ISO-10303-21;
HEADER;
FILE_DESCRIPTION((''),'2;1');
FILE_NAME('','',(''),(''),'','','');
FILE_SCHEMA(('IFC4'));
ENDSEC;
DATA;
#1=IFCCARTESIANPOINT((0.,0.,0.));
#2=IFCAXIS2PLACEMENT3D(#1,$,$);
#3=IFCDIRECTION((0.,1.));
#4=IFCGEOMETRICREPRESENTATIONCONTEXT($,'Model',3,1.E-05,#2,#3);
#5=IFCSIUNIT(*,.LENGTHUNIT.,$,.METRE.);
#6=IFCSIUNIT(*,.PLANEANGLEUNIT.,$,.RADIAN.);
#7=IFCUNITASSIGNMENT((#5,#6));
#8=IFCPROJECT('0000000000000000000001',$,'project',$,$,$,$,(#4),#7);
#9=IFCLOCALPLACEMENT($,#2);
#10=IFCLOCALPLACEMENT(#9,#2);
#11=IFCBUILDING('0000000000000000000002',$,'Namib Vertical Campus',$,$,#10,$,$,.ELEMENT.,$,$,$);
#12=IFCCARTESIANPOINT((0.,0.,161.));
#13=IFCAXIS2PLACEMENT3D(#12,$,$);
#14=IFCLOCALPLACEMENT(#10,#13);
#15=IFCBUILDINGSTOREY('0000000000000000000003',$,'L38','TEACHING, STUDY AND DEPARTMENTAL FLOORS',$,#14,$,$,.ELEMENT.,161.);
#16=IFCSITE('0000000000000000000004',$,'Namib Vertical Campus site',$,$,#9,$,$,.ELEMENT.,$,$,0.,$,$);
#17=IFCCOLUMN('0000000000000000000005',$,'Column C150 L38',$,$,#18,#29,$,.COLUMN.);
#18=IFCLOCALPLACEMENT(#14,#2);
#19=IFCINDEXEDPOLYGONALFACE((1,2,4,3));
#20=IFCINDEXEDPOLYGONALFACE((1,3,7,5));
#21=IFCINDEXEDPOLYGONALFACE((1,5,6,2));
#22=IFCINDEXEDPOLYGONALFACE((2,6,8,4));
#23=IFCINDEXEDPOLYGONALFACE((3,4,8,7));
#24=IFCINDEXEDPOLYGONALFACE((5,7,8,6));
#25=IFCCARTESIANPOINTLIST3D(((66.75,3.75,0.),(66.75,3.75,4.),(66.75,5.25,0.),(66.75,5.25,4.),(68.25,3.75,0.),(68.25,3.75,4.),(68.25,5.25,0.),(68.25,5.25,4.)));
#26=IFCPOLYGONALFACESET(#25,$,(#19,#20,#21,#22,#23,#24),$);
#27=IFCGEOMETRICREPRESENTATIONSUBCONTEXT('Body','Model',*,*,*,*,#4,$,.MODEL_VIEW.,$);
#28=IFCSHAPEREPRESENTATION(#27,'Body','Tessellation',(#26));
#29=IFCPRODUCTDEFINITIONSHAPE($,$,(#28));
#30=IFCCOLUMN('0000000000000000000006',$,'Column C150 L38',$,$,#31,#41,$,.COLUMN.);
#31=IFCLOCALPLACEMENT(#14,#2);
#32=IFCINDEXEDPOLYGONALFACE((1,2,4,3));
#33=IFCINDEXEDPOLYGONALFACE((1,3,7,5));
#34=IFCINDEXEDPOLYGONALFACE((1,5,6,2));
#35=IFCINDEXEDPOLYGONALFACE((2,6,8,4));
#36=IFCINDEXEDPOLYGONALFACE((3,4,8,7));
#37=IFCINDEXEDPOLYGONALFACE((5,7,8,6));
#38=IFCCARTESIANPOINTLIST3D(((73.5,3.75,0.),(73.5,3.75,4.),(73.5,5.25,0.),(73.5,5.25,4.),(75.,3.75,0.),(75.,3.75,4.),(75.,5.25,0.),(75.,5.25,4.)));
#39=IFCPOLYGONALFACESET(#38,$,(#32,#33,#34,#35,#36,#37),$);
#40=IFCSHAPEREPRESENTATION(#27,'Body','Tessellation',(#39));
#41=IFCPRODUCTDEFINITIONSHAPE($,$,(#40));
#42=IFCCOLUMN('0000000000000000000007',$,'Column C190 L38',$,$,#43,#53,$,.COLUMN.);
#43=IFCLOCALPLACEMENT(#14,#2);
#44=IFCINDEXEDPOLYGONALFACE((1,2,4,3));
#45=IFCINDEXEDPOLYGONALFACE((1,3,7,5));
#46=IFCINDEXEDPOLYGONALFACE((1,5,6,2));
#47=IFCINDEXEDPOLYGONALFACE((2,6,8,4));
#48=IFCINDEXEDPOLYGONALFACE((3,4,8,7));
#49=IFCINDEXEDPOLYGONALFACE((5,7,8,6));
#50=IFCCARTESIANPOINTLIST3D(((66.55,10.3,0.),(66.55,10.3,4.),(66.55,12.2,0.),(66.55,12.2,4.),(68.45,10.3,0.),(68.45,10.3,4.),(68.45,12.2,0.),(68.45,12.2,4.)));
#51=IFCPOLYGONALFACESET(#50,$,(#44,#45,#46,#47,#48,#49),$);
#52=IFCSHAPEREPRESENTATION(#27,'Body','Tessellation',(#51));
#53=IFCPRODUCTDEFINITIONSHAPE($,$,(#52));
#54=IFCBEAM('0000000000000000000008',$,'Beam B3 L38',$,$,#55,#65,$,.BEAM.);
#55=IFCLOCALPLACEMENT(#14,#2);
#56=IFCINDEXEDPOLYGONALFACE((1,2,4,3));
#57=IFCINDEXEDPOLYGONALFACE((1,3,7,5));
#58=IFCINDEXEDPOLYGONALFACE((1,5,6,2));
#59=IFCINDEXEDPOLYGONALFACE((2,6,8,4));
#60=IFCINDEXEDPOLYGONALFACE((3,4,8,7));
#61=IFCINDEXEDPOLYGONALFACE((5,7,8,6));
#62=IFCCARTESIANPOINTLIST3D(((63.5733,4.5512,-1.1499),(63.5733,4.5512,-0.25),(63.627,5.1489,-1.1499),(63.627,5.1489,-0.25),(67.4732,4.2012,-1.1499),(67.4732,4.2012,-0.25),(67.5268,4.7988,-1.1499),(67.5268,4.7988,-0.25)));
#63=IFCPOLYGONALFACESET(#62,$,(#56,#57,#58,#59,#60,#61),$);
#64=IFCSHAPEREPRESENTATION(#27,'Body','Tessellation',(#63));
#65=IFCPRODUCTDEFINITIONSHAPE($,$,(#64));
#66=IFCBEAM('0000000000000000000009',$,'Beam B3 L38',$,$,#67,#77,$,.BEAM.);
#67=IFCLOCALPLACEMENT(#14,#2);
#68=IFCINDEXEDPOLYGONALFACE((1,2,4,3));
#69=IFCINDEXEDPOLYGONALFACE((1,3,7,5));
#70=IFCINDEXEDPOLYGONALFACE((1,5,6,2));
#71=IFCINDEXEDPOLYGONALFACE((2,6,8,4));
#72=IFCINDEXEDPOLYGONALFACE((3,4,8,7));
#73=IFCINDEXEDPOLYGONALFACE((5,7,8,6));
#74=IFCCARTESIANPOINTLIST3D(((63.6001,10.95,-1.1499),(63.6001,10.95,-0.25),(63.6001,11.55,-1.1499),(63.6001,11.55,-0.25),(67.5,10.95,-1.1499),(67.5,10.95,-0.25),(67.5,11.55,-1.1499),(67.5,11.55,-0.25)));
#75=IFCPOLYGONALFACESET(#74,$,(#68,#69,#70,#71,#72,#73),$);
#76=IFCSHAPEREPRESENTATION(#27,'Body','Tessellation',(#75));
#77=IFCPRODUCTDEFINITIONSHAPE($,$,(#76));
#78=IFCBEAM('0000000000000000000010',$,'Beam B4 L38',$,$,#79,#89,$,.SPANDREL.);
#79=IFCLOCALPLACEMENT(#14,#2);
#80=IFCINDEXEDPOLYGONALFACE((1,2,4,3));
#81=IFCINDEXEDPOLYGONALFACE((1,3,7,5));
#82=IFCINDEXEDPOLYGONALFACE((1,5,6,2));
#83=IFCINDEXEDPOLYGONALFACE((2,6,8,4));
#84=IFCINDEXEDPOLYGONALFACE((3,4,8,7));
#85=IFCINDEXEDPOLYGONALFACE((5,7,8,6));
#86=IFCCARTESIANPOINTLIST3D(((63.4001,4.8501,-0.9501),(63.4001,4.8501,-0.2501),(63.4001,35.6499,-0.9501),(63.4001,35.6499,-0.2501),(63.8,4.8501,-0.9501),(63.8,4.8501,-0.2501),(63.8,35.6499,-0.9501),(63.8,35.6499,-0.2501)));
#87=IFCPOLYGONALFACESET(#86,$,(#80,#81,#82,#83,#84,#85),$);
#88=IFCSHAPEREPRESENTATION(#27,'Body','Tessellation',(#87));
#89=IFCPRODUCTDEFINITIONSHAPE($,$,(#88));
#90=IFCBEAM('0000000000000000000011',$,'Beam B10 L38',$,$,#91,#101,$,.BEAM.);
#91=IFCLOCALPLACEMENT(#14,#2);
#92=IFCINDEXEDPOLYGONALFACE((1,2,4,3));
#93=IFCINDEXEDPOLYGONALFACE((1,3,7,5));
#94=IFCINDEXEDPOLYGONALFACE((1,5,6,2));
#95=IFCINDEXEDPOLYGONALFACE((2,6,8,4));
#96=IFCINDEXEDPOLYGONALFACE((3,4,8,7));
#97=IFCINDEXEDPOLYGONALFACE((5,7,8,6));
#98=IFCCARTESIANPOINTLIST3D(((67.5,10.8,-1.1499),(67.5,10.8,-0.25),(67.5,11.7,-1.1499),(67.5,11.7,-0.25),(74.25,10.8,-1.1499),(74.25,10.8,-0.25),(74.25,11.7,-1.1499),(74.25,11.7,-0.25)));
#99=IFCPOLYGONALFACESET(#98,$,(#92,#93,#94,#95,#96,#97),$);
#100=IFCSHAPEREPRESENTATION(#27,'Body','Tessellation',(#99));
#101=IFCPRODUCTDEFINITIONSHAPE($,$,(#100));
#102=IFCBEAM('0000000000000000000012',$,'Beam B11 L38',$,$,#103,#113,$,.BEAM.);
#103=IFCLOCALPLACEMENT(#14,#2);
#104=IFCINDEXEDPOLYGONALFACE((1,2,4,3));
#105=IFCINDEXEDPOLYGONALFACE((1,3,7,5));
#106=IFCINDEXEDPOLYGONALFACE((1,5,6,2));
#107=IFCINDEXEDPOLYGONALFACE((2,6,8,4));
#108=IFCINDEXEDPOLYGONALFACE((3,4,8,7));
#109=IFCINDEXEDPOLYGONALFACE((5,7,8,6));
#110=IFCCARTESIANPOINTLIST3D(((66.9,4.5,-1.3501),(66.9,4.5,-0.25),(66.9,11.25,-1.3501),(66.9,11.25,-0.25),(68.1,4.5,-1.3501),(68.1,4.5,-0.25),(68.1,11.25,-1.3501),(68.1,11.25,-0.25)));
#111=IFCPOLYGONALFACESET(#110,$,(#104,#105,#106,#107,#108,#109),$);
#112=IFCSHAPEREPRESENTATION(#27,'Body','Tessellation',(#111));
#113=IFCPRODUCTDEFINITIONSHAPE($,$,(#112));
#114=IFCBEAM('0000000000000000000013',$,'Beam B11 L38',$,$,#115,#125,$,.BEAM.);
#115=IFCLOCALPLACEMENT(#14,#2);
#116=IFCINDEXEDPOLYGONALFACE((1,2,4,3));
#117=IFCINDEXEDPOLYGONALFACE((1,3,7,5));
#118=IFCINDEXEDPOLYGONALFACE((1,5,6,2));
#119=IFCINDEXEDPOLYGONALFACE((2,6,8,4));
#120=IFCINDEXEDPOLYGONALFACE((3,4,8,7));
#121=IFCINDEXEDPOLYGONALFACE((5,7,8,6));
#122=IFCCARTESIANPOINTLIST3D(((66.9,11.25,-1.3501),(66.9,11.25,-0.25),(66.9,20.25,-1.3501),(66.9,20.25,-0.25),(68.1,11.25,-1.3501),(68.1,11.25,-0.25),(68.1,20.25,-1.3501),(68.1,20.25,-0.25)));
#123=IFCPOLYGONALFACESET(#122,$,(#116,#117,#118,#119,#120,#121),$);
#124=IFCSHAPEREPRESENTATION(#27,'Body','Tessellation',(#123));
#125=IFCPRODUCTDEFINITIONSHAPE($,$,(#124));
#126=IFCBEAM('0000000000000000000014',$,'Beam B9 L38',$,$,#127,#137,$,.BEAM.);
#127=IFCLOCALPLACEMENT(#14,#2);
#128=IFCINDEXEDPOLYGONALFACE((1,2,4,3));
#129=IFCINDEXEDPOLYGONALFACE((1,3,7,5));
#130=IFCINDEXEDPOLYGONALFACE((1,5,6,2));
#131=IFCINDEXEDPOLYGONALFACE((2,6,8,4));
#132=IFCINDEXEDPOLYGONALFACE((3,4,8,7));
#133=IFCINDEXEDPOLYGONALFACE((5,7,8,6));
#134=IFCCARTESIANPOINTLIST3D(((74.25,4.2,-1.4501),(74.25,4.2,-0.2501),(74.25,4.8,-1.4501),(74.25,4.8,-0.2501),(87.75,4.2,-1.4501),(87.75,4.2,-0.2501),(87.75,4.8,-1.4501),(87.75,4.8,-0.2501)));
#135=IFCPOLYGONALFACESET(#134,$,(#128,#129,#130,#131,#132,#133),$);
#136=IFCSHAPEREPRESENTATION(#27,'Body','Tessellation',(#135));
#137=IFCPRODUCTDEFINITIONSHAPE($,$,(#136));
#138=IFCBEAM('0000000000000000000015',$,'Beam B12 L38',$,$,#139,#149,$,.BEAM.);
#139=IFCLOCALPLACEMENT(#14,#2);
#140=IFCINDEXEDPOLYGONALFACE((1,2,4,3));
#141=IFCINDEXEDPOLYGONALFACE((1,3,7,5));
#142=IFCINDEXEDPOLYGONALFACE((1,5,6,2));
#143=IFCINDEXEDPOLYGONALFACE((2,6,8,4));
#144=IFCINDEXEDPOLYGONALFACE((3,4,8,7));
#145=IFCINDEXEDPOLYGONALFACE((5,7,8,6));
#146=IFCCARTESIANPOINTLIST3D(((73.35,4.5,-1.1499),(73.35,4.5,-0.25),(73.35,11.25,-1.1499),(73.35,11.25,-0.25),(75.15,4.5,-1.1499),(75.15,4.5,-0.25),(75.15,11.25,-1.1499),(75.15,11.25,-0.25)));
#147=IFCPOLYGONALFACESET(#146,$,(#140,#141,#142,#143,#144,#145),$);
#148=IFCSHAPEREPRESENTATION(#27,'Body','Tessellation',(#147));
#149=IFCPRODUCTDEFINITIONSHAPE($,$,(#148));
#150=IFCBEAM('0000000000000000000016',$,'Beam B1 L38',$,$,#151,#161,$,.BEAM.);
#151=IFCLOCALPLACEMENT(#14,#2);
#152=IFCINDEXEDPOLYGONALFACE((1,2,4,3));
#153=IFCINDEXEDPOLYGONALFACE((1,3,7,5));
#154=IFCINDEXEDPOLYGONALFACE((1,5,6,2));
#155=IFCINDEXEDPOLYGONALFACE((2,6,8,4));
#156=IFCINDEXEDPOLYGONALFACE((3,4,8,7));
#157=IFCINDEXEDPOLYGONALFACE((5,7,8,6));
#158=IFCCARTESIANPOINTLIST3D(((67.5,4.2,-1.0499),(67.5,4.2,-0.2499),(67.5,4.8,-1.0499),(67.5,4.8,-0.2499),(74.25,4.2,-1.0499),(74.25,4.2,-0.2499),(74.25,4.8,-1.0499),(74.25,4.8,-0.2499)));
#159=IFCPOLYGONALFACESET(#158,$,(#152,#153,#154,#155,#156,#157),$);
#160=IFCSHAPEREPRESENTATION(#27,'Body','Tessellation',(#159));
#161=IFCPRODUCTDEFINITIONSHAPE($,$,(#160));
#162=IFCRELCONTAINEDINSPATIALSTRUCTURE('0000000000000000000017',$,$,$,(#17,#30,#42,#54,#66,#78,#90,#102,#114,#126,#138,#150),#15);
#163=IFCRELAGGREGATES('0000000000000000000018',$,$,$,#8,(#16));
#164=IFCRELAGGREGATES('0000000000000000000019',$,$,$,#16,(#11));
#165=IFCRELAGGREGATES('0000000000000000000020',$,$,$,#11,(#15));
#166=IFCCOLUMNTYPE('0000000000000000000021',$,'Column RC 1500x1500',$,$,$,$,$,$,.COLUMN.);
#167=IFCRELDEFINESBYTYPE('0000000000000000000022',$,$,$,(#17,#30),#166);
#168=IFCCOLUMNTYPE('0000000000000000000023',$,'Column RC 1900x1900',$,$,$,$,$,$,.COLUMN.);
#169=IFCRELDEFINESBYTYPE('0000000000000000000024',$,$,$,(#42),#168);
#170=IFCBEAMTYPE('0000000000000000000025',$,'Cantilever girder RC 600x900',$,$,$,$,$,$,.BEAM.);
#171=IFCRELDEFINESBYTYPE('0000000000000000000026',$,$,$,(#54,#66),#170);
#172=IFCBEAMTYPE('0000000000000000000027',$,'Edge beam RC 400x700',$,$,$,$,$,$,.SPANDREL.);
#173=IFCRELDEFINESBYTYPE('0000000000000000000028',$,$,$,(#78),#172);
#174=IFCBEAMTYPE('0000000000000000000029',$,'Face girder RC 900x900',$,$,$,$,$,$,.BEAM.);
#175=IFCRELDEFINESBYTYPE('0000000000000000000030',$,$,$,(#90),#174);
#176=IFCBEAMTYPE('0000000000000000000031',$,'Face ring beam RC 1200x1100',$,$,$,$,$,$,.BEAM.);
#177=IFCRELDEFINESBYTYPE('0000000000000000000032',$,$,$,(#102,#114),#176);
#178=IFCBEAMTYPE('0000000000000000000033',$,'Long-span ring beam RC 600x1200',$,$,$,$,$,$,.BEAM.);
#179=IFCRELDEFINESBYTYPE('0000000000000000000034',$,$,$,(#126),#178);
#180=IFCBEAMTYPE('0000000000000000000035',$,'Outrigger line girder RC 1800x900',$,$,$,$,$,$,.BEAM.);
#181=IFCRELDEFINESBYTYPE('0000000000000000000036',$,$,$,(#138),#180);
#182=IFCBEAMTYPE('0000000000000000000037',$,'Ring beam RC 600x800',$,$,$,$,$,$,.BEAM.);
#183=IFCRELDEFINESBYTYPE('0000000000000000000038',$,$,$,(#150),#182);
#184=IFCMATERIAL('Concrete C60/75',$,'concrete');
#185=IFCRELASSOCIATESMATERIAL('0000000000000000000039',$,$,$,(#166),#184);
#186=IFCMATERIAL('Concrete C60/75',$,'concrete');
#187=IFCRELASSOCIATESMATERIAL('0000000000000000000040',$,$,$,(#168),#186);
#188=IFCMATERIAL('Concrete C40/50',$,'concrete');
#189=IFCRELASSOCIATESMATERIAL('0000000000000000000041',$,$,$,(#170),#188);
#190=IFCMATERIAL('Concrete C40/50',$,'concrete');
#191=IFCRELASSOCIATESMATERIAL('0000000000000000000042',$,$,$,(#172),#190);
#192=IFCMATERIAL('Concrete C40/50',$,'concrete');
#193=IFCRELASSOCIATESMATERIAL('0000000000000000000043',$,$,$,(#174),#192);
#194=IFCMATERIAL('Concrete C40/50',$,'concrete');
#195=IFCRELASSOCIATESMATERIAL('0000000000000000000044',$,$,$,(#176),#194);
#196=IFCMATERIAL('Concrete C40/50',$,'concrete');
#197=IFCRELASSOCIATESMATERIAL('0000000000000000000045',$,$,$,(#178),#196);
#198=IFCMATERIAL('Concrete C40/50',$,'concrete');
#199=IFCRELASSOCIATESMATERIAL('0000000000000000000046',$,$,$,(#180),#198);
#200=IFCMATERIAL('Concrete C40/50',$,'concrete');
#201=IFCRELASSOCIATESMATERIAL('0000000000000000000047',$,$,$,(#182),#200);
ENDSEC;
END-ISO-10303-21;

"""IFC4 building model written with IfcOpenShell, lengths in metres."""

from ifc_helpers import new_model, si_unit, direction, frame, origin, origin_2d, place, context, subcontext, project, spatial, rectangle, extrude, material, material_profile, profile_set, type_object, element, save


model = new_model("IFC4")

# Units and contexts
model_context = context("Model", 3, precision=1e-05, world=origin(), true_north=direction((0.0, 1.0)))
body_context = subcontext(model_context, "Body", "Model", "MODEL_VIEW")
ifc_project = project(units=[si_unit("LENGTHUNIT", "METRE"), si_unit("PLANEANGLEUNIT", "RADIAN")], contexts=[model_context])

# Site, building, storey
site_placement = place(None, origin())
site = spatial("IfcSite", under=ifc_project, at=site_placement, Name="Namib Vertical Campus site", CompositionType="ELEMENT", RefElevation=0.0)
building_placement = place(site_placement, origin())
building = spatial("IfcBuilding", under=site, at=building_placement, Name="Namib Vertical Campus", CompositionType="ELEMENT")
storey_placement = place(building_placement, frame((0.0, 0.0, 161.0)))
storey = spatial("IfcBuildingStorey", under=building, at=storey_placement, Name="L38", Description="TEACHING, STUDY AND DEPARTMENTAL FLOORS", CompositionType="ELEMENT", Elevation=161.0)

# Columns
ifc_material_1 = material(Name="Concrete C60/75", Category="concrete")
ifc_material_profile_1 = material_profile(ifc_material_1, rectangle(XDim=1.5, YDim=1.5, at=origin_2d()))
ifc_profile_set_1 = profile_set([ifc_material_profile_1], Name="Concrete C60/75")
column_type_1 = type_object("IfcColumnType", Name="Column RC 1500x1500", PredefinedType="COLUMN", material=ifc_profile_set_1)
for number, where, z_axis, x_axis, name in (
    (1, (67.5, 4.5, 0.0), (0.0, 0.0, 1.0), (1.0, 0.0, 0.0), "Column C150 L38"),
    (2, (74.25, 4.5, 0.0), (0.0, 0.0, 1.0), (1.0, 0.0, 0.0), "Column C150 L38"),
):
    element("IfcColumn", number, at=place(storey_placement, frame(where, z_axis=z_axis, x_axis=x_axis)), inside=storey, type_object=column_type_1, Name=name, PredefinedType="COLUMN", context=body_context, shape_type="SweptSolid", body=[
        extrude(rectangle(XDim=1.5, YDim=1.5, at=origin_2d()), origin(), (0.0, 0.0, 1.0), 4.0),
    ])
ifc_material_2 = material(Name="Concrete C60/75", Category="concrete")
ifc_material_profile_2 = material_profile(ifc_material_2, rectangle(XDim=1.8999, YDim=1.8999, at=origin_2d()))
ifc_profile_set_2 = profile_set([ifc_material_profile_2], Name="Concrete C60/75")
column_type_2 = type_object("IfcColumnType", Name="Column RC 1900x1900", PredefinedType="COLUMN", material=ifc_profile_set_2)
column_placement = place(storey_placement, frame((67.5, 11.25, 0.0), z_axis=(0.0, 0.0, 1.0), x_axis=(1.0, 0.0, 0.0)))
element("IfcColumn", 3, at=column_placement, inside=storey, type_object=column_type_2, Name="Column C190 L38", PredefinedType="COLUMN", context=body_context, shape_type="SweptSolid", body=[
    extrude(rectangle(XDim=1.8999, YDim=1.8999, at=origin_2d()), origin(), (0.0, 0.0, 1.0), 4.0),
])

# Beams
ifc_material_3 = material(Name="Concrete C40/50", Category="concrete")
ifc_material_profile_3 = material_profile(ifc_material_3, rectangle(XDim=0.6001, YDim=0.8999, at=origin_2d()))
ifc_profile_set_3 = profile_set([ifc_material_profile_3], Name="Concrete C40/50")
beam_type_1 = type_object("IfcBeamType", Name="Cantilever girder RC 600x900", PredefinedType="BEAM", material=ifc_profile_set_3)
beam_1_placement = place(storey_placement, frame((67.5, 4.5, -0.7), z_axis=(-0.995995, 0.089411, 0.0), x_axis=(-0.089411, -0.995995, 0.0)))
element("IfcBeam", 4, at=beam_1_placement, inside=storey, type_object=beam_type_1, Name="Beam B3 L38", PredefinedType="BEAM", context=body_context, shape_type="SweptSolid", body=[
    extrude(rectangle(XDim=0.6001, YDim=0.8999, at=origin_2d()), origin(), (0.0, 0.0, 1.0), 3.9155),
])
beam_2_placement = place(storey_placement, frame((67.5, 11.25, -0.7), z_axis=(-1.0, 0.0, 0.0), x_axis=(0.0, -1.0, 0.0)))
element("IfcBeam", 5, at=beam_2_placement, inside=storey, type_object=beam_type_1, Name="Beam B3 L38", PredefinedType="BEAM", context=body_context, shape_type="SweptSolid", body=[
    extrude(rectangle(XDim=0.6001, YDim=0.8999, at=origin_2d()), origin(), (0.0, 0.0, 1.0), 3.8999),
])
ifc_material_4 = material(Name="Concrete C40/50", Category="concrete")
ifc_material_profile_4 = material_profile(ifc_material_4, rectangle(XDim=0.3999, YDim=0.7, at=origin_2d()))
ifc_profile_set_4 = profile_set([ifc_material_profile_4], Name="Concrete C40/50")
beam_type_2 = type_object("IfcBeamType", Name="Edge beam RC 400x700", PredefinedType="SPANDREL", material=ifc_profile_set_4)
beam_3_placement = place(storey_placement, frame((63.6001, 4.8501, -0.6001), z_axis=(0.0, 1.0, 0.0), x_axis=(-1.0, 0.0, 0.0)))
element("IfcBeam", 6, at=beam_3_placement, inside=storey, type_object=beam_type_2, Name="Beam B4 L38", PredefinedType="SPANDREL", context=body_context, shape_type="SweptSolid", body=[
    extrude(rectangle(XDim=0.3999, YDim=0.7, at=origin_2d()), origin(), (0.0, 0.0, 1.0), 30.7998),
])
ifc_material_5 = material(Name="Concrete C40/50", Category="concrete")
ifc_material_profile_5 = material_profile(ifc_material_5, rectangle(XDim=0.8999, YDim=0.8999, at=origin_2d()))
ifc_profile_set_5 = profile_set([ifc_material_profile_5], Name="Concrete C40/50")
beam_type_3 = type_object("IfcBeamType", Name="Face girder RC 900x900", PredefinedType="BEAM", material=ifc_profile_set_5)
beam_4_placement = place(storey_placement, frame((67.5, 11.25, -0.7), z_axis=(1.0, 0.0, 0.0), x_axis=(0.0, 1.0, 0.0)))
element("IfcBeam", 7, at=beam_4_placement, inside=storey, type_object=beam_type_3, Name="Beam B10 L38", PredefinedType="BEAM", context=body_context, shape_type="SweptSolid", body=[
    extrude(rectangle(XDim=0.8999, YDim=0.8999, at=origin_2d()), origin(), (0.0, 0.0, 1.0), 6.75),
])
ifc_material_6 = material(Name="Concrete C40/50", Category="concrete")
ifc_material_profile_6 = material_profile(ifc_material_6, rectangle(XDim=1.2, YDim=1.1001, at=origin_2d()))
ifc_profile_set_6 = profile_set([ifc_material_profile_6], Name="Concrete C40/50")
beam_type_4 = type_object("IfcBeamType", Name="Face ring beam RC 1200x1100", PredefinedType="BEAM", material=ifc_profile_set_6)
beam_5_placement = place(storey_placement, frame((67.5, 4.5, -0.8), z_axis=(0.0, 1.0, 0.0), x_axis=(-1.0, 0.0, 0.0)))
element("IfcBeam", 8, at=beam_5_placement, inside=storey, type_object=beam_type_4, Name="Beam B11 L38", PredefinedType="BEAM", context=body_context, shape_type="SweptSolid", body=[
    extrude(rectangle(XDim=1.2, YDim=1.1001, at=origin_2d()), origin(), (0.0, 0.0, 1.0), 6.75),
])
beam_6_placement = place(storey_placement, frame((67.5, 11.25, -0.8), z_axis=(0.0, 1.0, 0.0), x_axis=(-1.0, 0.0, 0.0)))
element("IfcBeam", 9, at=beam_6_placement, inside=storey, type_object=beam_type_4, Name="Beam B11 L38", PredefinedType="BEAM", context=body_context, shape_type="SweptSolid", body=[
    extrude(rectangle(XDim=1.2, YDim=1.1001, at=origin_2d()), origin(), (0.0, 0.0, 1.0), 9.0),
])
ifc_material_7 = material(Name="Concrete C40/50", Category="concrete")
ifc_material_profile_7 = material_profile(ifc_material_7, rectangle(XDim=0.6001, YDim=1.2, at=origin_2d()))
ifc_profile_set_7 = profile_set([ifc_material_profile_7], Name="Concrete C40/50")
beam_type_5 = type_object("IfcBeamType", Name="Long-span ring beam RC 600x1200", PredefinedType="BEAM", material=ifc_profile_set_7)
beam_7_placement = place(storey_placement, frame((74.25, 4.5, -0.8501), z_axis=(1.0, 0.0, 0.0), x_axis=(0.0, 1.0, 0.0)))
element("IfcBeam", 10, at=beam_7_placement, inside=storey, type_object=beam_type_5, Name="Beam B9 L38", PredefinedType="BEAM", context=body_context, shape_type="SweptSolid", body=[
    extrude(rectangle(XDim=0.6001, YDim=1.2, at=origin_2d()), origin(), (0.0, 0.0, 1.0), 13.5),
])
ifc_material_8 = material(Name="Concrete C40/50", Category="concrete")
ifc_material_profile_8 = material_profile(ifc_material_8, rectangle(XDim=1.8, YDim=0.8999, at=origin_2d()))
ifc_profile_set_8 = profile_set([ifc_material_profile_8], Name="Concrete C40/50")
beam_type_6 = type_object("IfcBeamType", Name="Outrigger line girder RC 1800x900", PredefinedType="BEAM", material=ifc_profile_set_8)
beam_8_placement = place(storey_placement, frame((74.25, 4.5, -0.7), z_axis=(0.0, 1.0, 0.0), x_axis=(-1.0, 0.0, 0.0)))
element("IfcBeam", 11, at=beam_8_placement, inside=storey, type_object=beam_type_6, Name="Beam B12 L38", PredefinedType="BEAM", context=body_context, shape_type="SweptSolid", body=[
    extrude(rectangle(XDim=1.8, YDim=0.8999, at=origin_2d()), origin(), (0.0, 0.0, 1.0), 6.75),
])
ifc_material_9 = material(Name="Concrete C40/50", Category="concrete")
ifc_material_profile_9 = material_profile(ifc_material_9, rectangle(XDim=0.6001, YDim=0.8, at=origin_2d()))
ifc_profile_set_9 = profile_set([ifc_material_profile_9], Name="Concrete C40/50")
beam_type_7 = type_object("IfcBeamType", Name="Ring beam RC 600x800", PredefinedType="BEAM", material=ifc_profile_set_9)
beam_9_placement = place(storey_placement, frame((67.5, 4.5, -0.6499), z_axis=(1.0, 0.0, 0.0), x_axis=(0.0, 1.0, 0.0)))
element("IfcBeam", 12, at=beam_9_placement, inside=storey, type_object=beam_type_7, Name="Beam B1 L38", PredefinedType="BEAM", context=body_context, shape_type="SweptSolid", body=[
    extrude(rectangle(XDim=0.6001, YDim=0.8, at=origin_2d()), origin(), (0.0, 0.0, 1.0), 6.75),
])

save(model, "model.ifc")
